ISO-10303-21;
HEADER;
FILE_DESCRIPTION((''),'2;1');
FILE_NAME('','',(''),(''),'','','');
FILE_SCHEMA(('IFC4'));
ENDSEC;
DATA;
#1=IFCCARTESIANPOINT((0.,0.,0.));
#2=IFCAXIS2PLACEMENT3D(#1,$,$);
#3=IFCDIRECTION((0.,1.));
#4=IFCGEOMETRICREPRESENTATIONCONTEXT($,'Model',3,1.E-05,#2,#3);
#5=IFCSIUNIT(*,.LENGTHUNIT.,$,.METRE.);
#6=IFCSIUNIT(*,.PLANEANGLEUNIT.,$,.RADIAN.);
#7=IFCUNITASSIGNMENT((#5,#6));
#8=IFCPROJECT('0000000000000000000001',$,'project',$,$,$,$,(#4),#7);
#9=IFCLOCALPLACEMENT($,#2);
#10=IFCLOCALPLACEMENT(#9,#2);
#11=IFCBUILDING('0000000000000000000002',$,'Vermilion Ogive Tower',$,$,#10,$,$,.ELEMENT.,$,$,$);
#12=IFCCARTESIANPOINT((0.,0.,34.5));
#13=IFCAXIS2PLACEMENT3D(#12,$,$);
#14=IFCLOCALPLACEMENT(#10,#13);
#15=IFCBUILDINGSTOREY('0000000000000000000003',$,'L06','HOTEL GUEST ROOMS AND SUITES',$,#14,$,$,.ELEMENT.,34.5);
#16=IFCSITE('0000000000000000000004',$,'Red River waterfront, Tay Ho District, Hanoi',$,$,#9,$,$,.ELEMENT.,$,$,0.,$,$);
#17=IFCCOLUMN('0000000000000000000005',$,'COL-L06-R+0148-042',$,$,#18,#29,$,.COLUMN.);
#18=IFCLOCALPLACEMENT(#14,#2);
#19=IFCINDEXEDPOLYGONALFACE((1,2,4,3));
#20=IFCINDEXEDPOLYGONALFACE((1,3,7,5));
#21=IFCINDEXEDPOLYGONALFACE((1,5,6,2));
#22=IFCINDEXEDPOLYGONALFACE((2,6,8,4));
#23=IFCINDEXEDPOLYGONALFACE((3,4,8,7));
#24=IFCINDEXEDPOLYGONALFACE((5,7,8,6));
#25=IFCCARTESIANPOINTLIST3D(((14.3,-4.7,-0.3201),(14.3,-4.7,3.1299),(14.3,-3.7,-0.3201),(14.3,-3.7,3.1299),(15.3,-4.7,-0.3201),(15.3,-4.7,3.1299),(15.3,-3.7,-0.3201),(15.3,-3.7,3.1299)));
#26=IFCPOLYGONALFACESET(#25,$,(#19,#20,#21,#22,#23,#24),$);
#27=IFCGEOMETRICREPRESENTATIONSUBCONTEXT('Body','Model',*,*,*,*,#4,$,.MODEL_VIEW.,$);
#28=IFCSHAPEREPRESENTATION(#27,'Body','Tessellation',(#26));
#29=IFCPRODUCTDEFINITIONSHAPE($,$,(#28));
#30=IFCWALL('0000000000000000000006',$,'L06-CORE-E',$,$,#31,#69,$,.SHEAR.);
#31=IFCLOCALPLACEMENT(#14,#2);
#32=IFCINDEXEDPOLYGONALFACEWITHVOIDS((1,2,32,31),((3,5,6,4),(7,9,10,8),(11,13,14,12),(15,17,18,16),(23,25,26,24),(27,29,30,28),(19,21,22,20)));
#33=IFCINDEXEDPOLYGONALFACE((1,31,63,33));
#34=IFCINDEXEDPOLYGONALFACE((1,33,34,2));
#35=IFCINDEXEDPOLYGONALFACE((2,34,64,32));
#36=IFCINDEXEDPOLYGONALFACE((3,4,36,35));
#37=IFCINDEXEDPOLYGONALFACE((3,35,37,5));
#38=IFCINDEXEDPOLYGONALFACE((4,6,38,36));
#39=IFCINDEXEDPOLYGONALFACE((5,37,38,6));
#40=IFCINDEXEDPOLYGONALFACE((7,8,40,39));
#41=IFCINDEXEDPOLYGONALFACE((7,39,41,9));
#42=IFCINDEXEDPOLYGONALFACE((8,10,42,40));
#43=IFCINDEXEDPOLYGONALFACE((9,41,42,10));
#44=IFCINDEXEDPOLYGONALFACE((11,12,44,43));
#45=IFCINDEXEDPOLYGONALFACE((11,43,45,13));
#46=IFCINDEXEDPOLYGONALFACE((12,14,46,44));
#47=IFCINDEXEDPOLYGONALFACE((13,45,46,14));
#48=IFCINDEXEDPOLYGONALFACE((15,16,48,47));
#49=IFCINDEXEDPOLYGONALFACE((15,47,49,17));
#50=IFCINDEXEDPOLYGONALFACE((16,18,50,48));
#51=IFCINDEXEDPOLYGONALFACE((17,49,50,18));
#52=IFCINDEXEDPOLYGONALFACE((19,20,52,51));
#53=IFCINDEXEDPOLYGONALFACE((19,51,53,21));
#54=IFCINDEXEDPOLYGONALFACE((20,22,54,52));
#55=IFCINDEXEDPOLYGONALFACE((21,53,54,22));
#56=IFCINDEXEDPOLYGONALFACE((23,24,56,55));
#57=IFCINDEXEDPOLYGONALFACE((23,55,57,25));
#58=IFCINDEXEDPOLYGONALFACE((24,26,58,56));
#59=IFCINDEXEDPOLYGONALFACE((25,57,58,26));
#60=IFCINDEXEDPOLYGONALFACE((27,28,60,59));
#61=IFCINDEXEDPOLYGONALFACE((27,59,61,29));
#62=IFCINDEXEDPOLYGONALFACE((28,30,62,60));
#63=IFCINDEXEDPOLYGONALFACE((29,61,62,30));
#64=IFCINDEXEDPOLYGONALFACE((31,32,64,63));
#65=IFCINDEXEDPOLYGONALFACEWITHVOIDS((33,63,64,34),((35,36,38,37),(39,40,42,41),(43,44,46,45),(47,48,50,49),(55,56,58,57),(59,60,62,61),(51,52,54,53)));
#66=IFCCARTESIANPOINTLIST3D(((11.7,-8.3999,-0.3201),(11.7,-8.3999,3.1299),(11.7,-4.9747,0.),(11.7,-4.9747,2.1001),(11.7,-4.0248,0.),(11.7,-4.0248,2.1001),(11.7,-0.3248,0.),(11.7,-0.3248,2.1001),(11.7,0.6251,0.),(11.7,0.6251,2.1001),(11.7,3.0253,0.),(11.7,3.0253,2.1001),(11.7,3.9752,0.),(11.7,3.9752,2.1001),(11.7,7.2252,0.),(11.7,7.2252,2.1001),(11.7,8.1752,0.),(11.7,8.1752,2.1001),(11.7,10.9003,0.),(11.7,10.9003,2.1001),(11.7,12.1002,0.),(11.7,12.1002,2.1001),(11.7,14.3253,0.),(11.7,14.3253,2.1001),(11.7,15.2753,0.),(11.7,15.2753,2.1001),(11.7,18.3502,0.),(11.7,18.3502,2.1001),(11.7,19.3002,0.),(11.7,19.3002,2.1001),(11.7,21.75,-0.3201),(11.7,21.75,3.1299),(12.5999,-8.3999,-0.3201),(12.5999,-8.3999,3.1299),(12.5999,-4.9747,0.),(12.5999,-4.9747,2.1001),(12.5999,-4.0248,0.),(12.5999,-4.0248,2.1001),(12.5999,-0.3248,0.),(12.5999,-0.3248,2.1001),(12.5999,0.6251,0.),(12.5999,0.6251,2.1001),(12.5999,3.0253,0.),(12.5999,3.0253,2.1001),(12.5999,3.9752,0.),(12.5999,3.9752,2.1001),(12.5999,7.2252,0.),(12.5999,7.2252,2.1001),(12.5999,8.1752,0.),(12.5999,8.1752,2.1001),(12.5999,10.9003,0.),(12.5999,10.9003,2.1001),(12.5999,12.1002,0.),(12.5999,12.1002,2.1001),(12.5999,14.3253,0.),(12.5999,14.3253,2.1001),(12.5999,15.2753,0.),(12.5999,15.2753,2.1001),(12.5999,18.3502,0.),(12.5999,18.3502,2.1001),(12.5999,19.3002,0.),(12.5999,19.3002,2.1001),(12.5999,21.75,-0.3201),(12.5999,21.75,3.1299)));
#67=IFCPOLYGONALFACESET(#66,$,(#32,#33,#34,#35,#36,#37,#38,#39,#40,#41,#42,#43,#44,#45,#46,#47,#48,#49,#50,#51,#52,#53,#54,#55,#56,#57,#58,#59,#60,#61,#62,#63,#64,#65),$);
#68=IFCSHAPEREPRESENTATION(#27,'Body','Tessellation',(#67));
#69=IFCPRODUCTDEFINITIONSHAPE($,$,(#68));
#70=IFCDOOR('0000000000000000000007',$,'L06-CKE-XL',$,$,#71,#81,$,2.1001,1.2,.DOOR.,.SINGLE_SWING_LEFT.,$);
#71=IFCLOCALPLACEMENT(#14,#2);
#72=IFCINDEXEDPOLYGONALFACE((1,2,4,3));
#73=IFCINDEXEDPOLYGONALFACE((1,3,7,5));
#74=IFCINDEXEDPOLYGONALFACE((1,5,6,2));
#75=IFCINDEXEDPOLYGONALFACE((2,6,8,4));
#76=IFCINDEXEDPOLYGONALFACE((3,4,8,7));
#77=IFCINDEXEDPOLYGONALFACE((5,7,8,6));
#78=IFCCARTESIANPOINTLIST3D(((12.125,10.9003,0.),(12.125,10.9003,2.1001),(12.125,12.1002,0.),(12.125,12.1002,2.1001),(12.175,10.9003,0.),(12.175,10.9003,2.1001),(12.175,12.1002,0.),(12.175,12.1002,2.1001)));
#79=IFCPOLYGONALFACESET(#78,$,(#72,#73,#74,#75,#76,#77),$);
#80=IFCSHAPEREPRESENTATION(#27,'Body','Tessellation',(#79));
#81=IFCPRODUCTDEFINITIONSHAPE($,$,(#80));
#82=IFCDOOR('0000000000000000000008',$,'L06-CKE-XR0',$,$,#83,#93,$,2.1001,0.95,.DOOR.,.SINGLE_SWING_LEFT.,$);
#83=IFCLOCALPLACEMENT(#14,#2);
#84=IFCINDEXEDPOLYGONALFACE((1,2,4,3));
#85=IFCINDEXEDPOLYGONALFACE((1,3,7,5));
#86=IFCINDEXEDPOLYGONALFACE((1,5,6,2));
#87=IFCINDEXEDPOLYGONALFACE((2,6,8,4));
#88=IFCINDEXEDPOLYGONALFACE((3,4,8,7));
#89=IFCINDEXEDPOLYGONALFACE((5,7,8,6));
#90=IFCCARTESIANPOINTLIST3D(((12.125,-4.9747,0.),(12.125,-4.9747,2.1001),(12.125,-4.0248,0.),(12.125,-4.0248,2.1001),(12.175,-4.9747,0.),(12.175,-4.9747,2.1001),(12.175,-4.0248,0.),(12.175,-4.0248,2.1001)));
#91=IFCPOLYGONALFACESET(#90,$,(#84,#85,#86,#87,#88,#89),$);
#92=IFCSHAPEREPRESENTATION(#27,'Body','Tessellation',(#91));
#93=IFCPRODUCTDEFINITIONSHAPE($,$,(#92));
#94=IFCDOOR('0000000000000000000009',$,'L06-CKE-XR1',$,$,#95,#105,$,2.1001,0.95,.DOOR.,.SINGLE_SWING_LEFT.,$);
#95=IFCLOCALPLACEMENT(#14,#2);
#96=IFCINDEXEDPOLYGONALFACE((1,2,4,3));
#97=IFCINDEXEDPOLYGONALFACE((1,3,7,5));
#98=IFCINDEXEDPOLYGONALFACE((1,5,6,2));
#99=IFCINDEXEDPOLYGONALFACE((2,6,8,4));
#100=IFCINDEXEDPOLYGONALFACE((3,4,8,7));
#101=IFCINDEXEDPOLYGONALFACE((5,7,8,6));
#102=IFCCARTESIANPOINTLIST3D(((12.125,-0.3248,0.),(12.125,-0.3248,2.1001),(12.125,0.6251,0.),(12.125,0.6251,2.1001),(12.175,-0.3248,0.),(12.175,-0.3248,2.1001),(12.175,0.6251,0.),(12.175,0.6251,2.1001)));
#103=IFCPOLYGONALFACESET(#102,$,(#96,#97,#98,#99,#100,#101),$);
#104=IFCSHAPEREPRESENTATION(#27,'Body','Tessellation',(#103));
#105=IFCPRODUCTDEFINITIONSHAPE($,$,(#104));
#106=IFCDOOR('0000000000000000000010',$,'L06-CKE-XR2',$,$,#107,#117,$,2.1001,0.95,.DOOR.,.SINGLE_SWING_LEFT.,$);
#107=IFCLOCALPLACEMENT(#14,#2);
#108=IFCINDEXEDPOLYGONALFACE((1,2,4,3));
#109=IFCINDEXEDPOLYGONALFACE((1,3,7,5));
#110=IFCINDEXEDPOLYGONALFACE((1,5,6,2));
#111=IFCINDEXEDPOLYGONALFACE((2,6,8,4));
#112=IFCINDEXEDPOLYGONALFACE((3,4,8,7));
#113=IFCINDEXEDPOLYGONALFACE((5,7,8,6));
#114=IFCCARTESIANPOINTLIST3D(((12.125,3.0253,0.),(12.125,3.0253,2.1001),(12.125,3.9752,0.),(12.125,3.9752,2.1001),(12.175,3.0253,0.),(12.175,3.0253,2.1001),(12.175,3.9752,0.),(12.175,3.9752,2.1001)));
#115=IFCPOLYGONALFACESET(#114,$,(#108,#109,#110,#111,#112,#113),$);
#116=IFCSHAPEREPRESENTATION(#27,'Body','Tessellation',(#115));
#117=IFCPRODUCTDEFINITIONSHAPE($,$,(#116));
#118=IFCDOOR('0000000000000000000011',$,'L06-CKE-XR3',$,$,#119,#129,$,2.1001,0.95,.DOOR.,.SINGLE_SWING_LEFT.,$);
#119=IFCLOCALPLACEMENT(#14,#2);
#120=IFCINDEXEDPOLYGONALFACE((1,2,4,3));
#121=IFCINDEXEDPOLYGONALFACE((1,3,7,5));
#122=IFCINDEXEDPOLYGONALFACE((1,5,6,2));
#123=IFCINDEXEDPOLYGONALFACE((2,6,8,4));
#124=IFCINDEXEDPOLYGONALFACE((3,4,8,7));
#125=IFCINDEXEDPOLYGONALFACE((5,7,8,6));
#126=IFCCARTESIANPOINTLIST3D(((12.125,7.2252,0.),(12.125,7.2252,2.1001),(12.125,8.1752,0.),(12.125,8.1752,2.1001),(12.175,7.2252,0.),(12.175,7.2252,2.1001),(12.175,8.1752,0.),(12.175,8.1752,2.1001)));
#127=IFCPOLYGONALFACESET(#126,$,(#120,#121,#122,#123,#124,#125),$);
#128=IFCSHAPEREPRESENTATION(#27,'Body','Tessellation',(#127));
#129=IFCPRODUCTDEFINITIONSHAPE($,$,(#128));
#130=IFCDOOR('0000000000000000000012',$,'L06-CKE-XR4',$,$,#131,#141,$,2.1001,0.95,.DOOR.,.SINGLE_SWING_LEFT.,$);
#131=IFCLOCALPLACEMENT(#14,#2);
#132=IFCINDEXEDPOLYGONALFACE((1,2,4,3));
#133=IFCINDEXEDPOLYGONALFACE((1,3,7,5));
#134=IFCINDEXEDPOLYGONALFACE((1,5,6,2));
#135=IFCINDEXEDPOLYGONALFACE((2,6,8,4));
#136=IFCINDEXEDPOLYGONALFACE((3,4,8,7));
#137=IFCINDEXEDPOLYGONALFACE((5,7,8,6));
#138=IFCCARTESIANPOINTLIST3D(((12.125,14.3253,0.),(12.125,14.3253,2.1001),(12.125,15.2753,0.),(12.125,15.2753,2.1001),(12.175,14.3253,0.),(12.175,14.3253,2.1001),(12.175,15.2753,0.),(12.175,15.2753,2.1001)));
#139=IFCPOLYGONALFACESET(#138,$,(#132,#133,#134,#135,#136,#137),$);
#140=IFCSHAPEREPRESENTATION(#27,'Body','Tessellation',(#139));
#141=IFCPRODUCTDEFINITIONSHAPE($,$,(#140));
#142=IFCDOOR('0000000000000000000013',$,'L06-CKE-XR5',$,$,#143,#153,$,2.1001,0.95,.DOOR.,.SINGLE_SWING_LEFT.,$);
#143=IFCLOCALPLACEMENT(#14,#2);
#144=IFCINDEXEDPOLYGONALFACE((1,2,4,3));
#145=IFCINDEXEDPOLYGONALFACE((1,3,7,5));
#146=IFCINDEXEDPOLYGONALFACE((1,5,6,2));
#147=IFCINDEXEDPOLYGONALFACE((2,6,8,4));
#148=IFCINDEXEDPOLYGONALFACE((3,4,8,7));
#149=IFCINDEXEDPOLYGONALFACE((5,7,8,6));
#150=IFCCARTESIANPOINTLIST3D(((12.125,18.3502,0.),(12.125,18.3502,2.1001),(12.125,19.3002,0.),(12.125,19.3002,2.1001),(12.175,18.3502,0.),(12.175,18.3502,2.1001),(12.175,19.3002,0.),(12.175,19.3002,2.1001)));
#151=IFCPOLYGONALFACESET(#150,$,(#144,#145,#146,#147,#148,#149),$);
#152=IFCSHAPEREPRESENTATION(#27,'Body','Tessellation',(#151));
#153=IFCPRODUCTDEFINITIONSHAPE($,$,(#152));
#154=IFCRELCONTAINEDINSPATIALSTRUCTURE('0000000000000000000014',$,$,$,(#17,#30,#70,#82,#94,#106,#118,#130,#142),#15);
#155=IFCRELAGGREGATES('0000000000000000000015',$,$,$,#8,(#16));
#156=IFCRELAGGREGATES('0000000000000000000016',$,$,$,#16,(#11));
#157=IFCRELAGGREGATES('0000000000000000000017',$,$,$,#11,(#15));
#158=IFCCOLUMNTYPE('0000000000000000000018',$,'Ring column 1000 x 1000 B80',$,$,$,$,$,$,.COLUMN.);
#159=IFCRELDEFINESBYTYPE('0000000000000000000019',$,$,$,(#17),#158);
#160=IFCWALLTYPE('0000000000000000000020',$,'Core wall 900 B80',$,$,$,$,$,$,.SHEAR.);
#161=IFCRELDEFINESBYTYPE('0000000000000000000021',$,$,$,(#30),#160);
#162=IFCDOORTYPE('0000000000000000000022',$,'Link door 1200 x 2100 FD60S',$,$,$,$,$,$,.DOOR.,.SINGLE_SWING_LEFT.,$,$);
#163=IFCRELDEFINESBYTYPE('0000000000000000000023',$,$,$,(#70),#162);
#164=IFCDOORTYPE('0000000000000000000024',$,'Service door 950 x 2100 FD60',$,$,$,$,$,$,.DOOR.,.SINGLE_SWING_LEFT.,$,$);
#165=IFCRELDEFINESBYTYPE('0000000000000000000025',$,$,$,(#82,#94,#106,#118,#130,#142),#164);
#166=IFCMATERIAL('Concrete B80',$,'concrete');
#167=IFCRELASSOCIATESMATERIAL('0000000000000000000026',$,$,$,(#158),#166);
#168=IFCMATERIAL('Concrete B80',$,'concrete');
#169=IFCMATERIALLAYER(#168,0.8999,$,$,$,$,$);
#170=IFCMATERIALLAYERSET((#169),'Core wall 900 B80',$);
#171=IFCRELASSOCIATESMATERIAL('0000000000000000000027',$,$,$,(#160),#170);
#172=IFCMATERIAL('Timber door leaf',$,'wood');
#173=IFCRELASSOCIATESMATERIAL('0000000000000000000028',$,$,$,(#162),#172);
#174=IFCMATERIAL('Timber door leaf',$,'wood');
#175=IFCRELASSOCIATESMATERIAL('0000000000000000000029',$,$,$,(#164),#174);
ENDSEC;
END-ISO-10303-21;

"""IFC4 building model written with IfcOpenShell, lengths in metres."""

from ifc_helpers import new_model, si_unit, direction, frame, frame_2d, origin, origin_2d, place, context, subcontext, project, spatial, rectangle, extrude, material, layer, layer_set, material_profile, profile_set, type_object, element, fill, save


model = new_model("IFC4")

# Units and contexts
model_context = context("Model", 3, precision=1e-05, world=origin(), true_north=direction((0.0, 1.0)))
body_context = subcontext(model_context, "Body", "Model", "MODEL_VIEW")
ifc_project = project(units=[si_unit("LENGTHUNIT", "METRE"), si_unit("PLANEANGLEUNIT", "RADIAN")], contexts=[model_context])

# Site, building, storey
site_placement = place(None, origin())
site = spatial("IfcSite", under=ifc_project, at=site_placement, Name="Red River waterfront, Tay Ho District, Hanoi", CompositionType="ELEMENT", RefElevation=0.0)
building_placement = place(site_placement, origin())
building = spatial("IfcBuilding", under=site, at=building_placement, Name="Vermilion Ogive Tower", CompositionType="ELEMENT")
storey_placement = place(building_placement, frame((0.0, 0.0, 34.5)))
storey = spatial("IfcBuildingStorey", under=building, at=storey_placement, Name="L06", Description="HOTEL GUEST ROOMS AND SUITES", CompositionType="ELEMENT", Elevation=34.5)

# Column
ifc_material_1 = material(Name="Concrete B80", Category="concrete")
ifc_material_profile = material_profile(ifc_material_1, rectangle(XDim=1.0, YDim=1.0, at=origin_2d()), Name="1000 x 1000")
ifc_profile_set = profile_set([ifc_material_profile], Name="Concrete B80")
column_type = type_object("IfcColumnType", Name="Ring column 1000 x 1000 B80", PredefinedType="COLUMN", material=ifc_profile_set)
column_placement = place(storey_placement, frame((14.8, -4.2, -0.3201), z_axis=(0.0, 0.0, 1.0), x_axis=(1.0, 0.0, 0.0)))
element("IfcColumn", 1, at=column_placement, inside=storey, type_object=column_type, Name="COL-L06-R+0148-042", PredefinedType="COLUMN", context=body_context, shape_type="SweptSolid", body=[
    extrude(rectangle(XDim=1.0, YDim=1.0, at=origin_2d()), origin(), (0.0, 0.0, 1.0), 3.45),
])

# Wall, openings, doors
ifc_material_2 = material(Name="Concrete B80", Category="concrete")
ifc_layer_1 = layer(ifc_material_2, 0.8999)
ifc_layer_set_1 = layer_set([ifc_layer_1], Name="Core wall 900 B80")
wall_type_1 = type_object("IfcWallType", Name="Core wall 900 B80", PredefinedType="SHEAR", material=ifc_layer_set_1)
wall_1_placement = place(storey_placement, frame((12.1499, -8.3999, -0.3201), z_axis=(0.0, 0.0, 1.0), x_axis=(0.0, 1.0, 0.0)))
wall_1 = element("IfcWall", 2, at=wall_1_placement, inside=storey, type_object=wall_type_1, Name="L06-CORE-E", PredefinedType="SHEAR", context=body_context, shape_type="SweptSolid", body=[
    extrude(rectangle(XDim=30.1499, YDim=0.8999, at=frame_2d((15.075, 0.0))), origin(), (0.0, 0.0, 1.0), 3.45),
])
opening_1_placement = place(wall_1_placement, frame((3.425, 0.0, 0.3201)))
opening_1 = element("IfcOpeningElement", 3, at=opening_1_placement, cuts=wall_1, PredefinedType="OPENING", context=body_context, shape_type="SweptSolid", body=[
    extrude(rectangle(XDim=0.95, YDim=2.1001, at=frame_2d((0.4751, 1.05))), frame((0.0, 0.46, 0.0), z_axis=(0.0, -1.0, 0.0), x_axis=(1.0, 0.0, 0.0)), (0.0, 0.0, 1.0), 0.9199),
])
opening_2_placement = place(wall_1_placement, frame((8.075, 0.0, 0.3201)))
opening_2 = element("IfcOpeningElement", 4, at=opening_2_placement, cuts=wall_1, PredefinedType="OPENING", context=body_context, shape_type="SweptSolid", body=[
    extrude(rectangle(XDim=0.95, YDim=2.1001, at=frame_2d((0.4751, 1.05))), frame((0.0, 0.46, 0.0), z_axis=(0.0, -1.0, 0.0), x_axis=(1.0, 0.0, 0.0)), (0.0, 0.0, 1.0), 0.9199),
])
opening_3_placement = place(wall_1_placement, frame((11.425, 0.0, 0.3201)))
opening_3 = element("IfcOpeningElement", 5, at=opening_3_placement, cuts=wall_1, PredefinedType="OPENING", context=body_context, shape_type="SweptSolid", body=[
    extrude(rectangle(XDim=0.95, YDim=2.1001, at=frame_2d((0.4751, 1.05))), frame((0.0, 0.46, 0.0), z_axis=(0.0, -1.0, 0.0), x_axis=(1.0, 0.0, 0.0)), (0.0, 0.0, 1.0), 0.9199),
])
opening_4_placement = place(wall_1_placement, frame((15.625, 0.0, 0.3201)))
opening_4 = element("IfcOpeningElement", 6, at=opening_4_placement, cuts=wall_1, PredefinedType="OPENING", context=body_context, shape_type="SweptSolid", body=[
    extrude(rectangle(XDim=0.95, YDim=2.1001, at=frame_2d((0.4751, 1.05))), frame((0.0, 0.46, 0.0), z_axis=(0.0, -1.0, 0.0), x_axis=(1.0, 0.0, 0.0)), (0.0, 0.0, 1.0), 0.9199),
])
opening_5_placement = place(wall_1_placement, frame((22.7251, 0.0, 0.3201)))
opening_5 = element("IfcOpeningElement", 7, at=opening_5_placement, cuts=wall_1, PredefinedType="OPENING", context=body_context, shape_type="SweptSolid", body=[
    extrude(rectangle(XDim=0.95, YDim=2.1001, at=frame_2d((0.4751, 1.05))), frame((0.0, 0.46, 0.0), z_axis=(0.0, -1.0, 0.0), x_axis=(1.0, 0.0, 0.0)), (0.0, 0.0, 1.0), 0.9199),
])
opening_6_placement = place(wall_1_placement, frame((26.75, 0.0, 0.3201)))
opening_6 = element("IfcOpeningElement", 8, at=opening_6_placement, cuts=wall_1, PredefinedType="OPENING", context=body_context, shape_type="SweptSolid", body=[
    extrude(rectangle(XDim=0.95, YDim=2.1001, at=frame_2d((0.4751, 1.05))), frame((0.0, 0.46, 0.0), z_axis=(0.0, -1.0, 0.0), x_axis=(1.0, 0.0, 0.0)), (0.0, 0.0, 1.0), 0.9199),
])
opening_7_placement = place(wall_1_placement, frame((19.3, 0.0, 0.3201)))
opening_7 = element("IfcOpeningElement", 9, at=opening_7_placement, cuts=wall_1, PredefinedType="OPENING", context=body_context, shape_type="SweptSolid", body=[
    extrude(rectangle(XDim=1.2, YDim=2.1001, at=frame_2d((0.6001, 1.05))), frame((0.0, 0.46, 0.0), z_axis=(0.0, -1.0, 0.0), x_axis=(1.0, 0.0, 0.0)), (0.0, 0.0, 1.0), 0.9199),
])
ifc_material_3 = material(Name="Timber door leaf", Category="wood")
door_type_1 = type_object("IfcDoorType", Name="Link door 1200 x 2100 FD60S", OperationType="SINGLE_SWING_LEFT", PredefinedType="DOOR", material=ifc_material_3)
door_1_placement = place(opening_7_placement, origin())
door_1 = element("IfcDoor", 10, at=door_1_placement, inside=storey, type_object=door_type_1, Name="L06-CKE-XL", OperationType="SINGLE_SWING_LEFT", OverallHeight=2.1001, OverallWidth=1.2, PredefinedType="DOOR", context=body_context, shape_type="SweptSolid", body=[
    extrude(rectangle(XDim=1.2, YDim=2.1001, at=frame_2d((0.6001, 1.05))), frame((0.0, 0.0249, 0.0), z_axis=(0.0, -1.0, 0.0), x_axis=(1.0, 0.0, 0.0)), (0.0, 0.0, 1.0), 0.05),
])
fill(opening_7, door_1)
ifc_material_4 = material(Name="Timber door leaf", Category="wood")
door_type_2 = type_object("IfcDoorType", Name="Service door 950 x 2100 FD60", OperationType="SINGLE_SWING_LEFT", PredefinedType="DOOR", material=ifc_material_4)
door_2_placement = place(opening_1_placement, origin())
door_2 = element("IfcDoor", 11, at=door_2_placement, inside=storey, type_object=door_type_2, Name="L06-CKE-XR0", OperationType="SINGLE_SWING_LEFT", OverallHeight=2.1001, OverallWidth=0.95, PredefinedType="DOOR", context=body_context, shape_type="SweptSolid", body=[
    extrude(rectangle(XDim=0.95, YDim=2.1001, at=frame_2d((0.4751, 1.05))), frame((0.0, 0.0249, 0.0), z_axis=(0.0, -1.0, 0.0), x_axis=(1.0, 0.0, 0.0)), (0.0, 0.0, 1.0), 0.05),
])
fill(opening_1, door_2)
door_3_placement = place(opening_2_placement, origin())
door_3 = element("IfcDoor", 12, at=door_3_placement, inside=storey, type_object=door_type_2, Name="L06-CKE-XR1", OperationType="SINGLE_SWING_LEFT", OverallHeight=2.1001, OverallWidth=0.95, PredefinedType="DOOR", context=body_context, shape_type="SweptSolid", body=[
    extrude(rectangle(XDim=0.95, YDim=2.1001, at=frame_2d((0.4751, 1.05))), frame((0.0, 0.0249, 0.0), z_axis=(0.0, -1.0, 0.0), x_axis=(1.0, 0.0, 0.0)), (0.0, 0.0, 1.0), 0.05),
])
fill(opening_2, door_3)
door_4_placement = place(opening_3_placement, origin())
door_4 = element("IfcDoor", 13, at=door_4_placement, inside=storey, type_object=door_type_2, Name="L06-CKE-XR2", OperationType="SINGLE_SWING_LEFT", OverallHeight=2.1001, OverallWidth=0.95, PredefinedType="DOOR", context=body_context, shape_type="SweptSolid", body=[
    extrude(rectangle(XDim=0.95, YDim=2.1001, at=frame_2d((0.4751, 1.05))), frame((0.0, 0.0249, 0.0), z_axis=(0.0, -1.0, 0.0), x_axis=(1.0, 0.0, 0.0)), (0.0, 0.0, 1.0), 0.05),
])
fill(opening_3, door_4)
door_5_placement = place(opening_4_placement, origin())
door_5 = element("IfcDoor", 14, at=door_5_placement, inside=storey, type_object=door_type_2, Name="L06-CKE-XR3", OperationType="SINGLE_SWING_LEFT", OverallHeight=2.1001, OverallWidth=0.95, PredefinedType="DOOR", context=body_context, shape_type="SweptSolid", body=[
    extrude(rectangle(XDim=0.95, YDim=2.1001, at=frame_2d((0.4751, 1.05))), frame((0.0, 0.0249, 0.0), z_axis=(0.0, -1.0, 0.0), x_axis=(1.0, 0.0, 0.0)), (0.0, 0.0, 1.0), 0.05),
])
fill(opening_4, door_5)
door_6_placement = place(opening_5_placement, origin())
door_6 = element("IfcDoor", 15, at=door_6_placement, inside=storey, type_object=door_type_2, Name="L06-CKE-XR4", OperationType="SINGLE_SWING_LEFT", OverallHeight=2.1001, OverallWidth=0.95, PredefinedType="DOOR", context=body_context, shape_type="SweptSolid", body=[
    extrude(rectangle(XDim=0.95, YDim=2.1001, at=frame_2d((0.4751, 1.05))), frame((0.0, 0.0249, 0.0), z_axis=(0.0, -1.0, 0.0), x_axis=(1.0, 0.0, 0.0)), (0.0, 0.0, 1.0), 0.05),
])
fill(opening_5, door_6)
door_7_placement = place(opening_6_placement, origin())
door_7 = element("IfcDoor", 16, at=door_7_placement, inside=storey, type_object=door_type_2, Name="L06-CKE-XR5", OperationType="SINGLE_SWING_LEFT", OverallHeight=2.1001, OverallWidth=0.95, PredefinedType="DOOR", context=body_context, shape_type="SweptSolid", body=[
    extrude(rectangle(XDim=0.95, YDim=2.1001, at=frame_2d((0.4751, 1.05))), frame((0.0, 0.0249, 0.0), z_axis=(0.0, -1.0, 0.0), x_axis=(1.0, 0.0, 0.0)), (0.0, 0.0, 1.0), 0.05),
])
fill(opening_6, door_7)

save(model, "model.ifc")
